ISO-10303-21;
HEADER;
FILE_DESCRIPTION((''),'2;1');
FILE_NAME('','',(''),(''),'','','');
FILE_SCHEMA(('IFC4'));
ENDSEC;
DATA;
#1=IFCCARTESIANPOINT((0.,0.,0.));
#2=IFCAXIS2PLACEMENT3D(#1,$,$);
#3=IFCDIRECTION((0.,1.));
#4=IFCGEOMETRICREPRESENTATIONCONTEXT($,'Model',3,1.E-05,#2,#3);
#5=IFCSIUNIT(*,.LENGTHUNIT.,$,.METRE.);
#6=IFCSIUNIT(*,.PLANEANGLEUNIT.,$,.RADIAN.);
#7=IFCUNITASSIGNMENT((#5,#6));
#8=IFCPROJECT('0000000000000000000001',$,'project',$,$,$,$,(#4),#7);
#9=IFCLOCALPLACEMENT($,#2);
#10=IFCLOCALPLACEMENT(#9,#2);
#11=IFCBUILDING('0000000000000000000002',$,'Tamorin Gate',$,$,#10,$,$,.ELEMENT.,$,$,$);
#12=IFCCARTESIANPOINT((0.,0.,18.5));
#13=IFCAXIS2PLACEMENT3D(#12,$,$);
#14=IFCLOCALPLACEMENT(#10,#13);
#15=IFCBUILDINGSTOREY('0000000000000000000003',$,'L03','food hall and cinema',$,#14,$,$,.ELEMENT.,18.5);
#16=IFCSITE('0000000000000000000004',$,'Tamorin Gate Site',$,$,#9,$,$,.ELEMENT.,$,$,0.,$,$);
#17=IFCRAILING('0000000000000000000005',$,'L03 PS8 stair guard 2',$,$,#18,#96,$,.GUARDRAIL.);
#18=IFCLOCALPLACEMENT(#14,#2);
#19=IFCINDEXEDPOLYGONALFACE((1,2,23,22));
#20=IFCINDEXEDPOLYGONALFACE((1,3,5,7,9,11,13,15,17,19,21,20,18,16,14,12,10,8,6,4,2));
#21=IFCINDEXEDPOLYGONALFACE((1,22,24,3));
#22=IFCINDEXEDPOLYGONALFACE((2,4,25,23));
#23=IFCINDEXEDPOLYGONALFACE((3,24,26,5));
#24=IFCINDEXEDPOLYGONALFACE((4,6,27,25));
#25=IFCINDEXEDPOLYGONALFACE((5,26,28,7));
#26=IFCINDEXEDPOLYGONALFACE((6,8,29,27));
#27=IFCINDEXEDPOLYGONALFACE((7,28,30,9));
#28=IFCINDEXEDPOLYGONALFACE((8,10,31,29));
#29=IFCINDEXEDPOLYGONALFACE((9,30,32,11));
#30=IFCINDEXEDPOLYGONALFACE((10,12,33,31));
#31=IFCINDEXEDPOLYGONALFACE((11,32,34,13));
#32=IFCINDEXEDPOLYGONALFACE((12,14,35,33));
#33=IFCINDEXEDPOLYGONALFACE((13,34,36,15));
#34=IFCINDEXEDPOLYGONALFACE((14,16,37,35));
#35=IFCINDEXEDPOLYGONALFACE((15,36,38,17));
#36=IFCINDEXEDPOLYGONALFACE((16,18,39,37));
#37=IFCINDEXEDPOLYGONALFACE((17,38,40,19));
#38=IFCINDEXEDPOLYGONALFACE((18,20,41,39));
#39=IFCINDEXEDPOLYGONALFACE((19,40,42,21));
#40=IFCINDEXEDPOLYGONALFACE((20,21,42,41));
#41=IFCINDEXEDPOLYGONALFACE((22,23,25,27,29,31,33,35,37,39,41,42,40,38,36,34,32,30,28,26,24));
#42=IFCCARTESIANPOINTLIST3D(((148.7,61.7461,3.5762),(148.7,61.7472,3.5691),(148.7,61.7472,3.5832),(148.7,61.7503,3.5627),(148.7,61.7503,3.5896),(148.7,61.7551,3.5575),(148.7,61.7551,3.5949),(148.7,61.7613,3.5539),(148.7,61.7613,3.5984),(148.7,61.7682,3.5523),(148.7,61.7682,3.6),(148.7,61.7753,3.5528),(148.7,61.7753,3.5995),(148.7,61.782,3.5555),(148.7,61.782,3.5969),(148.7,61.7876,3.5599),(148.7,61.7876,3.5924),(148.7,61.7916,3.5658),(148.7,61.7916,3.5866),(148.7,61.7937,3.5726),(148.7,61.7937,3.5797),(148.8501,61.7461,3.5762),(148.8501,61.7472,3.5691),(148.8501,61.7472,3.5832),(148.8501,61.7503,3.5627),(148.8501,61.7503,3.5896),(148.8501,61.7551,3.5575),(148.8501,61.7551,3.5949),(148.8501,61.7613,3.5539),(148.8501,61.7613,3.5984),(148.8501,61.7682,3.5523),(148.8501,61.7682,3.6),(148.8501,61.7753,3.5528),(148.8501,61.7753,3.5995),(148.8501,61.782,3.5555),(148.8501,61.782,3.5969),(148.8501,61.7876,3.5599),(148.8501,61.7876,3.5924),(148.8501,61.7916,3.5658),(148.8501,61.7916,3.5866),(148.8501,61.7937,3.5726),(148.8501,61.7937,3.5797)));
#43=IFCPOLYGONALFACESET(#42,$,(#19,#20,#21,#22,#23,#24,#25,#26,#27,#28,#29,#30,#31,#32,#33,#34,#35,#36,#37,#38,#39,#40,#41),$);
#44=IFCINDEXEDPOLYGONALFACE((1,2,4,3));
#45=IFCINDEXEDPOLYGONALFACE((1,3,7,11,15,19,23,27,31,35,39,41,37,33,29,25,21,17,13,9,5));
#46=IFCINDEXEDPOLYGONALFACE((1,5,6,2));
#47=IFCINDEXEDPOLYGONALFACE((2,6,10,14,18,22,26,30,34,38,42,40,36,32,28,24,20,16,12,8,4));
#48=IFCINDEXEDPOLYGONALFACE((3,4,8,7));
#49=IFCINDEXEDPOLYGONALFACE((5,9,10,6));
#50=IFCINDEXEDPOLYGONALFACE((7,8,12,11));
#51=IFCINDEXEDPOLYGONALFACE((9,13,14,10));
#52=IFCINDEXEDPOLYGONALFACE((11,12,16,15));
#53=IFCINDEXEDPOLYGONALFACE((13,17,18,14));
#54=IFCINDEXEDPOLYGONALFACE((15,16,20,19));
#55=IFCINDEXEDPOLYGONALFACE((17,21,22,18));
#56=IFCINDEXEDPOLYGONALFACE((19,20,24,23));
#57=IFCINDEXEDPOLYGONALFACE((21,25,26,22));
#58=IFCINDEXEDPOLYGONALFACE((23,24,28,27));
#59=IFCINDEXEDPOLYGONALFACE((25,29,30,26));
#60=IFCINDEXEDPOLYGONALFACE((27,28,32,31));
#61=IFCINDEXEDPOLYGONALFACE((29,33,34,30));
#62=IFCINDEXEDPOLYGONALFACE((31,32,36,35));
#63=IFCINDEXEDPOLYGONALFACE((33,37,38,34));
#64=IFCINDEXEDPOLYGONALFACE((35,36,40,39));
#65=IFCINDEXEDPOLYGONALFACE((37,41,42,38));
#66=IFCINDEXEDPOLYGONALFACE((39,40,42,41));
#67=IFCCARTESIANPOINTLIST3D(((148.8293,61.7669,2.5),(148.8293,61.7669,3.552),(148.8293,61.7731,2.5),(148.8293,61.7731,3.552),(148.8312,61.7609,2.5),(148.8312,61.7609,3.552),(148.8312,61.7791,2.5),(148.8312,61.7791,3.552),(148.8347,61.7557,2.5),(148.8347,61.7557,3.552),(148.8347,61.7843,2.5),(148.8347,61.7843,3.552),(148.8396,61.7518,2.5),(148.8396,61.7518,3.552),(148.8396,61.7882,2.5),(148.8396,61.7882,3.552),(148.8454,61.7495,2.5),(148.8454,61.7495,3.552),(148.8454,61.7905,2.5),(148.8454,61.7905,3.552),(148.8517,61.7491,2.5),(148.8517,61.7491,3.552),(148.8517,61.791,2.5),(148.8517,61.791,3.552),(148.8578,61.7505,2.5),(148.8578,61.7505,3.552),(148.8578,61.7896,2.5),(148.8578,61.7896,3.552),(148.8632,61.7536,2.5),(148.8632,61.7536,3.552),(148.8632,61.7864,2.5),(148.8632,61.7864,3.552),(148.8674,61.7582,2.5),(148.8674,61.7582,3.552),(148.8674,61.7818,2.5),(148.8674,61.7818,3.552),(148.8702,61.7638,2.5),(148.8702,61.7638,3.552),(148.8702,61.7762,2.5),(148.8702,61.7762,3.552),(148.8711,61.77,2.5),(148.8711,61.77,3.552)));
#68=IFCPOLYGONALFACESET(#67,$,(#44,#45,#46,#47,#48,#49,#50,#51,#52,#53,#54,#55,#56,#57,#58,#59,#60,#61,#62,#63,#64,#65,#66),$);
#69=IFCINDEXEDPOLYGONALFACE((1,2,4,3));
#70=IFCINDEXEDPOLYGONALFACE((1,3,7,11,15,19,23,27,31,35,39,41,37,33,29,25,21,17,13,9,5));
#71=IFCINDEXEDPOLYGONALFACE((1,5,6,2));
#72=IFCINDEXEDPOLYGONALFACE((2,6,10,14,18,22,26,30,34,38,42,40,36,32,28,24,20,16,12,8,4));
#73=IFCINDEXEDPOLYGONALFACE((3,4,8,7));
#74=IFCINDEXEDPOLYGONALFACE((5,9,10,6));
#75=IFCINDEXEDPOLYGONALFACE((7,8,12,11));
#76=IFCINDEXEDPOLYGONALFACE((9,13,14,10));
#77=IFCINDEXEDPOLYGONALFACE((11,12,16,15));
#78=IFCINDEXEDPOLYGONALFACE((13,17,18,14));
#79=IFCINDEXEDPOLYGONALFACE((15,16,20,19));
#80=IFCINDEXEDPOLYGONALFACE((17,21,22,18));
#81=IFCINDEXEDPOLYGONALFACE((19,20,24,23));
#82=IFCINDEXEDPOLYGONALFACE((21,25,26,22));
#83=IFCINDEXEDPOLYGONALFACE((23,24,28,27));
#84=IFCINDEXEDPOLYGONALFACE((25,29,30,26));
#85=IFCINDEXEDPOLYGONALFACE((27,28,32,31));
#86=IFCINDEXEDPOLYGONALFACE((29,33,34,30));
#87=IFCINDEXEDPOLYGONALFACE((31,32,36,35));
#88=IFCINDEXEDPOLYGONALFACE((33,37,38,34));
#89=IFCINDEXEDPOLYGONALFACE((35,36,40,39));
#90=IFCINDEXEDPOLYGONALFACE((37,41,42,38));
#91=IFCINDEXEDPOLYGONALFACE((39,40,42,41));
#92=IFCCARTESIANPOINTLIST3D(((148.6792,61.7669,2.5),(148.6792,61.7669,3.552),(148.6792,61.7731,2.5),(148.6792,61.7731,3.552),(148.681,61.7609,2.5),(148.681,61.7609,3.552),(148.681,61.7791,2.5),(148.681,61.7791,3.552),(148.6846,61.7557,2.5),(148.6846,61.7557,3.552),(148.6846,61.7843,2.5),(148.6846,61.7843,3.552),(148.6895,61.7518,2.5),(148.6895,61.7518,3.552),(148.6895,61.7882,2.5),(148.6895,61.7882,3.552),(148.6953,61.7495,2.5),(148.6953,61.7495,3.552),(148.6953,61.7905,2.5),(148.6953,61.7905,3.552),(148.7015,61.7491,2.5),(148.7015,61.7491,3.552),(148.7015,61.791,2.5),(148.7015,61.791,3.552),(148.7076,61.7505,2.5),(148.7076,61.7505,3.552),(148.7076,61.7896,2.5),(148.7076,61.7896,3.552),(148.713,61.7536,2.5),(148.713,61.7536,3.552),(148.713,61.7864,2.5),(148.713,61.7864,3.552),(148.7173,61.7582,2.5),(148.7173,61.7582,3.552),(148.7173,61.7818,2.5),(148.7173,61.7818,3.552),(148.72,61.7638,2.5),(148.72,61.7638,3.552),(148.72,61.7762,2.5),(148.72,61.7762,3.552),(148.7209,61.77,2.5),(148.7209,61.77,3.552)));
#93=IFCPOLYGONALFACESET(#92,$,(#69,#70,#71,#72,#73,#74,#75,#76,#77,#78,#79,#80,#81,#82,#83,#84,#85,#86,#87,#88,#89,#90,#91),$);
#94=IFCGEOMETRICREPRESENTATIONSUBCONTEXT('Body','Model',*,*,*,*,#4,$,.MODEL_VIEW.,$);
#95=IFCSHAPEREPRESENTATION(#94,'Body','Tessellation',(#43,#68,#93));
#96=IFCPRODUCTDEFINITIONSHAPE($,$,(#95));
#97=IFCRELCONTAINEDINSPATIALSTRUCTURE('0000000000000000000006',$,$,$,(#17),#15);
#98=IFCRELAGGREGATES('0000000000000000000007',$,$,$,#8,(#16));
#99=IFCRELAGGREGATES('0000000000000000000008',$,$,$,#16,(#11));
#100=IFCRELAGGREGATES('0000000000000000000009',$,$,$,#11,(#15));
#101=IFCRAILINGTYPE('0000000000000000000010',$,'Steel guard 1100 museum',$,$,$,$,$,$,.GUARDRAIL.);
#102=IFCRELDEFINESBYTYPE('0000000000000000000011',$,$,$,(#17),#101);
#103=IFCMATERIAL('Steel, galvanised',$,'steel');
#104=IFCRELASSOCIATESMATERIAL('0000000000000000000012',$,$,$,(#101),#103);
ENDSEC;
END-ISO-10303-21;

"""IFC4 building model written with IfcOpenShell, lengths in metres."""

from ifc_helpers import new_model, si_unit, direction, frame, origin, origin_2d, place, context, subcontext, project, spatial, circle, extrude, material, type_object, element, save


model = new_model("IFC4")

# Units and contexts
model_context = context("Model", 3, precision=1e-05, world=origin(), true_north=direction((0.0, 1.0)))
body_context = subcontext(model_context, "Body", "Model", "MODEL_VIEW")
ifc_project = project(units=[si_unit("LENGTHUNIT", "METRE"), si_unit("PLANEANGLEUNIT", "RADIAN")], contexts=[model_context])

# Site, building, storey
site_placement = place(None, origin())
site = spatial("IfcSite", under=ifc_project, at=site_placement, Name="Tamorin Gate Site", CompositionType="ELEMENT", RefElevation=0.0)
building_placement = place(site_placement, origin())
building = spatial("IfcBuilding", under=site, at=building_placement, Name="Tamorin Gate", CompositionType="ELEMENT")
storey_placement = place(building_placement, frame((0.0, 0.0, 18.5)))
storey = spatial("IfcBuildingStorey", under=building, at=storey_placement, Name="L03", Description="food hall and cinema", CompositionType="ELEMENT", Elevation=18.5)

# Railing
ifc_material_1 = material(Name="Steel, galvanised", Category="steel")
railing_type_1 = type_object("IfcRailingType", Name="Steel guard 1100 museum", PredefinedType="GUARDRAIL", material=ifc_material_1)
railing_1_placement = place(storey_placement, frame((148.8501, 61.77, 2.5)))
element("IfcRailing", 1, at=railing_1_placement, inside=storey, type_object=railing_type_1, Name="L03 PS8 stair guard 2", PredefinedType="GUARDRAIL", context=body_context, shape_type="SweptSolid", body=[
    extrude(circle(Radius=0.0239, at=origin_2d()), frame((0.0, 0.0, 1.0762), z_axis=(-1.0, 0.0, 0.0), x_axis=(0.0, -1.0, 0.0)), (0.0, 0.0, 1.0), 0.1501),
    extrude(circle(Radius=0.021, at=origin_2d()), origin(), (0.0, 0.0, 1.0), 1.052),
    extrude(circle(Radius=0.021, at=origin_2d()), frame((-0.1501, 0.0, 0.0)), (0.0, 0.0, 1.0), 1.052),
])

save(model, "model.ifc")
